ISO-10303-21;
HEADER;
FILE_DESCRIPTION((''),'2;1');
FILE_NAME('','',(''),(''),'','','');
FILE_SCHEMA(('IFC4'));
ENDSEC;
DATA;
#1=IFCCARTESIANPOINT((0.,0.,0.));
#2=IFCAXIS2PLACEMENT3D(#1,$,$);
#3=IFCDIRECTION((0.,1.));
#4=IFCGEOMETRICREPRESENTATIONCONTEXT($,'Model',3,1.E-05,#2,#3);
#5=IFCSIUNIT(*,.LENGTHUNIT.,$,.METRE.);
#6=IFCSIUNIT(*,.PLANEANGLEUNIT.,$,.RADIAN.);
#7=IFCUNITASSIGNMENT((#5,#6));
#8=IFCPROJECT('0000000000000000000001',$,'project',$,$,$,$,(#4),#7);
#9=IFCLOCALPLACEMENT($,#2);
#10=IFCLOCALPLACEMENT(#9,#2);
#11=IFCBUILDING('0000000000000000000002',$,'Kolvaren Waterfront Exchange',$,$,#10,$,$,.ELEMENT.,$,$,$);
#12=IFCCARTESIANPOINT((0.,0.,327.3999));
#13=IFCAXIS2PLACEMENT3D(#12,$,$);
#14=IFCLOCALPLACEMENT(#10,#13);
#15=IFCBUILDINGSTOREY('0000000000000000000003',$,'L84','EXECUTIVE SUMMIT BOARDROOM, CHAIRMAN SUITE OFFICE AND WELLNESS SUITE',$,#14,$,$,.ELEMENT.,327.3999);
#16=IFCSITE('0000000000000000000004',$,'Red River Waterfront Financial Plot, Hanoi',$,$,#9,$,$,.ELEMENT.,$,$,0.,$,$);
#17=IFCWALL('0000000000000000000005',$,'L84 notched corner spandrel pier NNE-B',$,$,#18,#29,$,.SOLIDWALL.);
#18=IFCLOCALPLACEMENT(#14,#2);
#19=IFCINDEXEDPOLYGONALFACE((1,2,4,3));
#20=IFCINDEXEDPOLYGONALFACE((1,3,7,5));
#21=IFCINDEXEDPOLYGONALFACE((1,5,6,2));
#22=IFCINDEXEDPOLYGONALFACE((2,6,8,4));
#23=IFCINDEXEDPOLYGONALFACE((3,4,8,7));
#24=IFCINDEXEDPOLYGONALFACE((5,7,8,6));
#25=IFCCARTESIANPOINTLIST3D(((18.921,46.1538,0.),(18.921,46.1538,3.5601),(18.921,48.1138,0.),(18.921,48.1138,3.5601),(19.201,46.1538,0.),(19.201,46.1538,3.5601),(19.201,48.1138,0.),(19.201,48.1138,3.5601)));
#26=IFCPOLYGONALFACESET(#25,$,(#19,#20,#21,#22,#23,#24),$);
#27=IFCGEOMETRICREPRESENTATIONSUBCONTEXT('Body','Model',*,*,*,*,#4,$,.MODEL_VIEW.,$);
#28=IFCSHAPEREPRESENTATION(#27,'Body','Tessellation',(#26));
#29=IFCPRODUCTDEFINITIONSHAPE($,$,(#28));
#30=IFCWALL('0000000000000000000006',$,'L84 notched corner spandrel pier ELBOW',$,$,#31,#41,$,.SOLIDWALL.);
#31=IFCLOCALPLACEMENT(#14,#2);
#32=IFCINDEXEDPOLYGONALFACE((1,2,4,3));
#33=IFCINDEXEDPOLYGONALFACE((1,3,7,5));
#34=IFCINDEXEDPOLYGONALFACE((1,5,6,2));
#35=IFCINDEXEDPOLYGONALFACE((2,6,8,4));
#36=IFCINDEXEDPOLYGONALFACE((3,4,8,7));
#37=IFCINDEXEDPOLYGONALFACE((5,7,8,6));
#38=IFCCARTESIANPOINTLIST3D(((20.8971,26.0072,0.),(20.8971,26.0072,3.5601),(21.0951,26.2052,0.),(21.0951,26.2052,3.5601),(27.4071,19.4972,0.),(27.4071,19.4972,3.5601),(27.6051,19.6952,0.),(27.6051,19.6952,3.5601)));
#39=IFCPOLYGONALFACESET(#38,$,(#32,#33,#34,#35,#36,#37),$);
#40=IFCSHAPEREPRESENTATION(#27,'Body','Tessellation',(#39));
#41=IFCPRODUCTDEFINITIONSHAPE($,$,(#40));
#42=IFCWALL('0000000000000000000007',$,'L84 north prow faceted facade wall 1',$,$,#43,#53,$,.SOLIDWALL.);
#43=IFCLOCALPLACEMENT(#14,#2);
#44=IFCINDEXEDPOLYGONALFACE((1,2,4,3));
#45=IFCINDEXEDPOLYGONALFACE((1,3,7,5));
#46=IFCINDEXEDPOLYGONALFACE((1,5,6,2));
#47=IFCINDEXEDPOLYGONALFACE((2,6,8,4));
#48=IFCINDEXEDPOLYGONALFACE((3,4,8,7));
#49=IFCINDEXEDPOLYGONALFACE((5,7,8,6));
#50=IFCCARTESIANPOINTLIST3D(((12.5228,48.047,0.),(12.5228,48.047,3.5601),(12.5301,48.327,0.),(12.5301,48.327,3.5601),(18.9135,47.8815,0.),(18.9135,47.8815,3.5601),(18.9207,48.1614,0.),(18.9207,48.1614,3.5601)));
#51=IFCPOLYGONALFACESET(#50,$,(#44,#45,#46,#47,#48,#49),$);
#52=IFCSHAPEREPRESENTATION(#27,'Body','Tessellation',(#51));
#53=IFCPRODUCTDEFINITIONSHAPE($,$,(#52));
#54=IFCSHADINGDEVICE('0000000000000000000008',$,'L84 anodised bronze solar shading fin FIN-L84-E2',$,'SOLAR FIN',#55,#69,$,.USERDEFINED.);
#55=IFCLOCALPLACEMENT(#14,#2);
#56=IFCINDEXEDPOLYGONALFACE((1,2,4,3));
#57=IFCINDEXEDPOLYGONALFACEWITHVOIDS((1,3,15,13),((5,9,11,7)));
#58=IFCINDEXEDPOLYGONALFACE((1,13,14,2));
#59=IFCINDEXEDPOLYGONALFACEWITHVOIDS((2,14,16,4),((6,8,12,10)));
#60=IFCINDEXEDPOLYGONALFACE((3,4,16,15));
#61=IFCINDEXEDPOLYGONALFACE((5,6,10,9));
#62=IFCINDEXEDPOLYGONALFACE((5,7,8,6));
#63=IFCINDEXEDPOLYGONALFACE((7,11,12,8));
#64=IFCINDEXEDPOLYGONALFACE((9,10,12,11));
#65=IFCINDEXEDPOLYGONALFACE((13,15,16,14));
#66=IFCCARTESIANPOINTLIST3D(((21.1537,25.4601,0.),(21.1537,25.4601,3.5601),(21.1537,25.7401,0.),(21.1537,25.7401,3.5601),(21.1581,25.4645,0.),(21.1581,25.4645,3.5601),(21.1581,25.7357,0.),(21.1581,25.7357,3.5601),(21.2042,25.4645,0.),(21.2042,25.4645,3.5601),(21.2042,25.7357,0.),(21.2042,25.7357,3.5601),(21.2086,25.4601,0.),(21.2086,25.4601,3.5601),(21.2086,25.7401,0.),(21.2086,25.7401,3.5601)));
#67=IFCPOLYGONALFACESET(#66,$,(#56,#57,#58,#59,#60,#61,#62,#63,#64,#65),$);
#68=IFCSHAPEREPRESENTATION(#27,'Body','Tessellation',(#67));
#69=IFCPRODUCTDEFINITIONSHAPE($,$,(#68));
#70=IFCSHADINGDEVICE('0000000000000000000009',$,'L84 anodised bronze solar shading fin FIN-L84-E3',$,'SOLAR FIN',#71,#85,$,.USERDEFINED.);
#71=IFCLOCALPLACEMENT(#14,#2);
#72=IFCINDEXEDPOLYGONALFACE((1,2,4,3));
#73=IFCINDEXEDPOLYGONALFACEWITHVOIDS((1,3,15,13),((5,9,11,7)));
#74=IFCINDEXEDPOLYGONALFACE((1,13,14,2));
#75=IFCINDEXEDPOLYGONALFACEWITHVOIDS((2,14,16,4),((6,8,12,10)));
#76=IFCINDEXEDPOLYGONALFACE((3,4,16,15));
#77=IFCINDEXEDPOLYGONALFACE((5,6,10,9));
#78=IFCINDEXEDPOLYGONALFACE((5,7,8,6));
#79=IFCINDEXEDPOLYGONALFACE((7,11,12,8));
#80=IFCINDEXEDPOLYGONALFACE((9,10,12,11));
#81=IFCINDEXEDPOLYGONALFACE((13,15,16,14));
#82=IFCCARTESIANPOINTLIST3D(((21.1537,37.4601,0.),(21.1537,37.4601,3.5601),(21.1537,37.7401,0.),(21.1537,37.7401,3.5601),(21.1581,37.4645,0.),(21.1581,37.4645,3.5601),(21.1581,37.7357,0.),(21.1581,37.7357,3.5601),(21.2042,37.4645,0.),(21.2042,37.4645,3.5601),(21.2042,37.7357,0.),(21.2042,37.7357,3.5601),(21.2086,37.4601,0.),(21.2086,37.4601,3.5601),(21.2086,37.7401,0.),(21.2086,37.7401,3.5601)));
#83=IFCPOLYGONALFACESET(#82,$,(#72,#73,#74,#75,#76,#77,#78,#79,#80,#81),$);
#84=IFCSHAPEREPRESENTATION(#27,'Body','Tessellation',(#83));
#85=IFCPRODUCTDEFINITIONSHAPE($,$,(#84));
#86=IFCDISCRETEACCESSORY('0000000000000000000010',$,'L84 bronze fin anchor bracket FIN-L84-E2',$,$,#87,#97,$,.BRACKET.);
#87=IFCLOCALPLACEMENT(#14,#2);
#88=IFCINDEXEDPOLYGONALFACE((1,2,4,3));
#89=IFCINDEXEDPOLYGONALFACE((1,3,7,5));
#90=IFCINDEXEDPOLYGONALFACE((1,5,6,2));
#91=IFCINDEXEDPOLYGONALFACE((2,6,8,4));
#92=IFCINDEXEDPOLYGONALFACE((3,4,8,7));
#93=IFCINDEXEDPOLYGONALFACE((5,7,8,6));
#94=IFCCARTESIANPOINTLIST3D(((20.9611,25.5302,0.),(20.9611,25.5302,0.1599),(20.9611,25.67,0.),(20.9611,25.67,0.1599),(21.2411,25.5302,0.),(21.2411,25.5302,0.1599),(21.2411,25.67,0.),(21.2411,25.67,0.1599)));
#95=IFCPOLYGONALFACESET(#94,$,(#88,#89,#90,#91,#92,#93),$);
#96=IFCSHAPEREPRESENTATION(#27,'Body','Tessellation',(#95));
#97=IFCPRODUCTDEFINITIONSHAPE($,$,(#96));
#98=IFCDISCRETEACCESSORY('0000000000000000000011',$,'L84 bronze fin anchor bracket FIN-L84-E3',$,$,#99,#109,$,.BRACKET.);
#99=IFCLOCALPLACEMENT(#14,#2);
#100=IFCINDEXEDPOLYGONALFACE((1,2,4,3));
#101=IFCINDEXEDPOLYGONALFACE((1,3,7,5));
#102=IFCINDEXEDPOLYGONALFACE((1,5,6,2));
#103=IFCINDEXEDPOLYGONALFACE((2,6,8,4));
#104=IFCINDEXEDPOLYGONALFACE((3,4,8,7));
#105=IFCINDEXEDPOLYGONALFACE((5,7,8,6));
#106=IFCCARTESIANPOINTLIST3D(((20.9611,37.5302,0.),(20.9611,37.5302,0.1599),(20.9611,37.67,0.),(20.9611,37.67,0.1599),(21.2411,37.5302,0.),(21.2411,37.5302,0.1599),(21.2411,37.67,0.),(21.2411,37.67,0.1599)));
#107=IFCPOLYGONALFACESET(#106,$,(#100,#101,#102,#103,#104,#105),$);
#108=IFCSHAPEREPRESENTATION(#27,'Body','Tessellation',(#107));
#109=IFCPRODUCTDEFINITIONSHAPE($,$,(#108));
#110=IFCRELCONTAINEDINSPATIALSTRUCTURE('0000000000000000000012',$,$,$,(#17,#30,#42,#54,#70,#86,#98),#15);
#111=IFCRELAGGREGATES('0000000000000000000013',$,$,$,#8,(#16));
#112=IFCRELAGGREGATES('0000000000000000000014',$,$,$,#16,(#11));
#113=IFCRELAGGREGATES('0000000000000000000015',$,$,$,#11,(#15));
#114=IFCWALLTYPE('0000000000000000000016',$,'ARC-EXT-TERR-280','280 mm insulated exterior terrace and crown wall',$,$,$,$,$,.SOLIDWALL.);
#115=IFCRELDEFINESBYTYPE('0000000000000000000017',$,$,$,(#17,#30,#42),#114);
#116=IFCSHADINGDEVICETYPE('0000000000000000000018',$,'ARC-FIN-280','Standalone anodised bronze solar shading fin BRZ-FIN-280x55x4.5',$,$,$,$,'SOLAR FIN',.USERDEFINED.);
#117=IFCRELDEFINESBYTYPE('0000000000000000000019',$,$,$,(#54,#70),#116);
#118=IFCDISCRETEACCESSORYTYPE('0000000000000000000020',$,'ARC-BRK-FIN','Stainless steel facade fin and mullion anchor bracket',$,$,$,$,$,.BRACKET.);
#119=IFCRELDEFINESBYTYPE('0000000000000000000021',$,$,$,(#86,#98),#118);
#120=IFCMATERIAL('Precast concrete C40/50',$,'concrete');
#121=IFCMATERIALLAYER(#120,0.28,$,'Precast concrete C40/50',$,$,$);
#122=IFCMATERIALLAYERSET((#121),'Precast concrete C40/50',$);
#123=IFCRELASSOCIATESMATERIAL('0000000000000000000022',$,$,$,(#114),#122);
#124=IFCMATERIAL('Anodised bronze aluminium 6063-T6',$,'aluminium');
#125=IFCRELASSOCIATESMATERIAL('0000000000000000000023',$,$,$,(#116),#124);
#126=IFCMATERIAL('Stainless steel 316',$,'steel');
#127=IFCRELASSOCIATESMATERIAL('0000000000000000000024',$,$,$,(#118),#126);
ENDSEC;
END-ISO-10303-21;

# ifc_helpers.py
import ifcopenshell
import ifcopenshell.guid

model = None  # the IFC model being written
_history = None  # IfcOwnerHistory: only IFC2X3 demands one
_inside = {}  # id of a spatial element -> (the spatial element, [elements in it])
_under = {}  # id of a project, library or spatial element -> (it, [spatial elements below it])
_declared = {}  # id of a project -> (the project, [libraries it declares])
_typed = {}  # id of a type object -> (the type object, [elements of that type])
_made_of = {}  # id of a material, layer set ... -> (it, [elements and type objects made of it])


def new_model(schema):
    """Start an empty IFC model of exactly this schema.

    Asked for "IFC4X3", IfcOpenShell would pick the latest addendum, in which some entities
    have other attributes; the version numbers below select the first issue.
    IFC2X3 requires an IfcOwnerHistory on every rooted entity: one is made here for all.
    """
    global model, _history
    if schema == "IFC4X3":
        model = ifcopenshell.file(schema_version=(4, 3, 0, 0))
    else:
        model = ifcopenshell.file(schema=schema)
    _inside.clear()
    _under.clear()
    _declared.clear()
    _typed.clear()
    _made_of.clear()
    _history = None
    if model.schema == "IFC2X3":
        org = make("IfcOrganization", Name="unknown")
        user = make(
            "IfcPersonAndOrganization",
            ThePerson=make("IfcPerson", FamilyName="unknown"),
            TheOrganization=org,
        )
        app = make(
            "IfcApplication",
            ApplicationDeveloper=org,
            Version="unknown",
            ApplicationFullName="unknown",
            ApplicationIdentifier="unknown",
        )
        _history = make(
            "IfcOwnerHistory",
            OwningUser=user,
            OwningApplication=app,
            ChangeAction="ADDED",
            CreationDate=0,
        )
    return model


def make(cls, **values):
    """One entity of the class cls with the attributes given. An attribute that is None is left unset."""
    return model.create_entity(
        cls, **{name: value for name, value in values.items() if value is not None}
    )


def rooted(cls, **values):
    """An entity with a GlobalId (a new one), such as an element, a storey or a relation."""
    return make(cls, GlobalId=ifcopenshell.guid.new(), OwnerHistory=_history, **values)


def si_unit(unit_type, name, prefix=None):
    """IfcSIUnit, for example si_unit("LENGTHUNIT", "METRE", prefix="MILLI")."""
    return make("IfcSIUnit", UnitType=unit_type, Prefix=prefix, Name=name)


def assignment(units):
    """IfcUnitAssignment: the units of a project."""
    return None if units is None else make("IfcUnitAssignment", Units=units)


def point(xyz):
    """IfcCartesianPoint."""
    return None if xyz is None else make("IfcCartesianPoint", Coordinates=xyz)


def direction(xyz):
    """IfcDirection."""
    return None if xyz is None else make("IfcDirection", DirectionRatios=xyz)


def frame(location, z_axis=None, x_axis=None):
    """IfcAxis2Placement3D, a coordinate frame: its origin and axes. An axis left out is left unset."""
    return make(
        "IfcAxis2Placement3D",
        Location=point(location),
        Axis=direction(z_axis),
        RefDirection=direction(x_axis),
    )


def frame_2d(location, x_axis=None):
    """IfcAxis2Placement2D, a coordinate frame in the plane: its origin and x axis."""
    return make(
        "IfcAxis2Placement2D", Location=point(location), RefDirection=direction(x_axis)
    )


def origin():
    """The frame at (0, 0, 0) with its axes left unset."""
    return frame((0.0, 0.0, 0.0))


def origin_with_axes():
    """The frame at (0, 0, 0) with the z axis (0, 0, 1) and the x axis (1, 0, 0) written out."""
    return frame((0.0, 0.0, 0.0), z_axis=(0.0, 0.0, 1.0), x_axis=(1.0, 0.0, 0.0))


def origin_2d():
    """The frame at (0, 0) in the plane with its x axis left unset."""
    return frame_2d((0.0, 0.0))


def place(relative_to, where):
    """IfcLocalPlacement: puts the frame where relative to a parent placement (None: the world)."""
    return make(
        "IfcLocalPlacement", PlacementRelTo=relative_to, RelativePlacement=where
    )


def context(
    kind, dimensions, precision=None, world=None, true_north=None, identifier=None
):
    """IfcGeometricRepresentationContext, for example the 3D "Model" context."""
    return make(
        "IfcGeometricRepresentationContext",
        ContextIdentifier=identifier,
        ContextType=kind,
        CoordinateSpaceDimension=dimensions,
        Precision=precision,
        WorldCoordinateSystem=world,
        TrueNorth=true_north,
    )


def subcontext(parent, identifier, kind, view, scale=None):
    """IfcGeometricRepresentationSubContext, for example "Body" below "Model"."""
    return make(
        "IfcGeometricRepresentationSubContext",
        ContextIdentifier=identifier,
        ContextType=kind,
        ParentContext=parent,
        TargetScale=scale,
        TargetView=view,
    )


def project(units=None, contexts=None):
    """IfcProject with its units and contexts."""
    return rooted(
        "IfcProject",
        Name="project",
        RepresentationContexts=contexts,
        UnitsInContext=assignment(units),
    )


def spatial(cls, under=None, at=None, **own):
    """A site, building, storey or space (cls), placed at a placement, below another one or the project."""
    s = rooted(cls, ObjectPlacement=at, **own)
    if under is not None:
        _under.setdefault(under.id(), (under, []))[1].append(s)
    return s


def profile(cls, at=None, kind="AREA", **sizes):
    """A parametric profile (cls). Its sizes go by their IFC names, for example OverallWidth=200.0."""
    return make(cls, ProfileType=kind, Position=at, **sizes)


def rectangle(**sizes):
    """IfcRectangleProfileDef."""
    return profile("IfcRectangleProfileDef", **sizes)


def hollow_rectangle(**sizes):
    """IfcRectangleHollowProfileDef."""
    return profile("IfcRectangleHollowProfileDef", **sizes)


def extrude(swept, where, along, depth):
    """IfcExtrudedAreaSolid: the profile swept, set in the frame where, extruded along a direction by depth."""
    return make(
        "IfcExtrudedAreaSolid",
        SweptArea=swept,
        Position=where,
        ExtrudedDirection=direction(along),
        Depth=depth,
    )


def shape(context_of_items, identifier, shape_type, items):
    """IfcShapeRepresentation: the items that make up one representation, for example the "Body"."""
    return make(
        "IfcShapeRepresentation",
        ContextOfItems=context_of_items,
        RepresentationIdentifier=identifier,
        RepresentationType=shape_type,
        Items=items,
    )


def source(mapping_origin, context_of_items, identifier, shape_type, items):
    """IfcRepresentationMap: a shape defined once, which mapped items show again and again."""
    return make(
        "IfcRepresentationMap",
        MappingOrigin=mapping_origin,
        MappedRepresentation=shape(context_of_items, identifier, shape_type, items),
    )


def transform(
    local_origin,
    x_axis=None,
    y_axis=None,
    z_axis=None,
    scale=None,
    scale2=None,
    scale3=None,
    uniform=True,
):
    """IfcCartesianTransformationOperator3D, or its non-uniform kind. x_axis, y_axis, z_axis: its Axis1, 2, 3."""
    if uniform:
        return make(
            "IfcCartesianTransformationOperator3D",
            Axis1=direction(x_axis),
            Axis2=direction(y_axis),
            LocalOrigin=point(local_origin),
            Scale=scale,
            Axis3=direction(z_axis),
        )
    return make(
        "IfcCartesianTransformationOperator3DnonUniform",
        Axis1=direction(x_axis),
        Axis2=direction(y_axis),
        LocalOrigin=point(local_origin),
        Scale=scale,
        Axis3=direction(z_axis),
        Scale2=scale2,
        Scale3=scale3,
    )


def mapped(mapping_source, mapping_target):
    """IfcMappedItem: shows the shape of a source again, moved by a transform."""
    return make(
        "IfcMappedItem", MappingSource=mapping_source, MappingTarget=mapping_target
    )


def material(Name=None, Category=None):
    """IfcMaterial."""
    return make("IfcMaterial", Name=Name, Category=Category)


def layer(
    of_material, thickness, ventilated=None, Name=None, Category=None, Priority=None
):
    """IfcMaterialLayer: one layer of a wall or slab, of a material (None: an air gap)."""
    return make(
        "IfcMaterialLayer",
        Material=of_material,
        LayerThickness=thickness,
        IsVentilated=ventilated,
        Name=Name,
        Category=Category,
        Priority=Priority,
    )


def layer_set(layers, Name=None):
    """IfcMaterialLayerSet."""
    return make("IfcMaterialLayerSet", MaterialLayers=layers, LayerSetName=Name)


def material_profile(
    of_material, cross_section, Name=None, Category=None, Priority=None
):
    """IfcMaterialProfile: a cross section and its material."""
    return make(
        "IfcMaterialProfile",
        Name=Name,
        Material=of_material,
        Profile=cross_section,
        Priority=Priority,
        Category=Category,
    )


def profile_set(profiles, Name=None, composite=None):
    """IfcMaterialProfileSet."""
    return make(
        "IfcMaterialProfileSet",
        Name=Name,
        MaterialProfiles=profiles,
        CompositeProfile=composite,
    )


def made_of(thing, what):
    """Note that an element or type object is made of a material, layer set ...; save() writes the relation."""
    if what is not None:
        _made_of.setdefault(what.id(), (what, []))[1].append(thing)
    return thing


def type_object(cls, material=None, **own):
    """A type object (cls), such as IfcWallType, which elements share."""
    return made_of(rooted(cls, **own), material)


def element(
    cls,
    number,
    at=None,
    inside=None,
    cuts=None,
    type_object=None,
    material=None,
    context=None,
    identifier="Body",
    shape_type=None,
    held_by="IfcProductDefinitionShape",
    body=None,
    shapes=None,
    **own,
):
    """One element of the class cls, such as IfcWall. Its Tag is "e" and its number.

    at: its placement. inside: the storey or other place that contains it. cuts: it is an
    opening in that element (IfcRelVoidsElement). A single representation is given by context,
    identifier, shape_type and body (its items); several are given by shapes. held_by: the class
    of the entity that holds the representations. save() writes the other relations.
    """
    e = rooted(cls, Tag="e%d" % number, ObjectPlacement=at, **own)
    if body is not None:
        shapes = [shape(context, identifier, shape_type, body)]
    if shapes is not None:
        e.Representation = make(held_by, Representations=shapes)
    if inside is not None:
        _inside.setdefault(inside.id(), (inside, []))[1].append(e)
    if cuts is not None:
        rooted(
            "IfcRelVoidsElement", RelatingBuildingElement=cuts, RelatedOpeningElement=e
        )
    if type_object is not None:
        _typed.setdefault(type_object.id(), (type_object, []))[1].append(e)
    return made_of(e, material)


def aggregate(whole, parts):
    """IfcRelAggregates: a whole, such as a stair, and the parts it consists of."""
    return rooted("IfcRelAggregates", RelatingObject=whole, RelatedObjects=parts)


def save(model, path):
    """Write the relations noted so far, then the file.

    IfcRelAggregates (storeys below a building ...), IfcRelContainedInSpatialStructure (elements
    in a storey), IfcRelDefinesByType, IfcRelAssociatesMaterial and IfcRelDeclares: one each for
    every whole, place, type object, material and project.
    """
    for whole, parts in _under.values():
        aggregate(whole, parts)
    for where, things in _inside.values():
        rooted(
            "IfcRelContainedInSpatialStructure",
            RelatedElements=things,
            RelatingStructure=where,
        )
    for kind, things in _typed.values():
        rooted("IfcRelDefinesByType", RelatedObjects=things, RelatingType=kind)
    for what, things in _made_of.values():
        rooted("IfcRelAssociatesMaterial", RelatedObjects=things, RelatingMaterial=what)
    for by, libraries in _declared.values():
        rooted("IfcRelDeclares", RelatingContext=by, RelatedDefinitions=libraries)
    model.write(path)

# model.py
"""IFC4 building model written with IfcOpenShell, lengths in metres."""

from ifc_helpers import new_model, si_unit, direction, frame, frame_2d, origin, origin_with_axes, origin_2d, place, context, subcontext, project, spatial, rectangle, hollow_rectangle, extrude, source, transform, mapped, material, layer, layer_set, material_profile, profile_set, type_object, element, save


model = new_model("IFC4")

# Units and contexts
model_context = context("Model", 3, precision=1e-05, world=origin(), true_north=direction((0.0, 1.0)))
body_context = subcontext(model_context, "Body", "Model", "MODEL_VIEW")
ifc_project = project(units=[si_unit("LENGTHUNIT", "METRE"), si_unit("PLANEANGLEUNIT", "RADIAN")], contexts=[model_context])

# Site, building, storey
site_placement = place(None, origin())
site = spatial("IfcSite", under=ifc_project, at=site_placement, Name="Red River Waterfront Financial Plot, Hanoi", CompositionType="ELEMENT", RefElevation=0.0)
building_placement = place(site_placement, origin())
building = spatial("IfcBuilding", under=site, at=building_placement, Name="Kolvaren Waterfront Exchange", CompositionType="ELEMENT")
storey_placement = place(building_placement, frame((0.0, 0.0, 327.3999)))
storey = spatial("IfcBuildingStorey", under=building, at=storey_placement, Name="L84", Description="EXECUTIVE SUMMIT BOARDROOM, CHAIRMAN SUITE OFFICE AND WELLNESS SUITE", CompositionType="ELEMENT", Elevation=327.3999)

# Shared definitions
ifc_material_1 = material(Name="Anodised bronze aluminium 6063-T6", Category="aluminium")

# Walls
ifc_material_2 = material(Name="Precast concrete C40/50", Category="concrete")
ifc_layer_1 = layer(ifc_material_2, 0.28, Name="Precast concrete C40/50")
ifc_layer_set_1 = layer_set([ifc_layer_1], Name="Precast concrete C40/50")
wall_type = type_object("IfcWallType", Name="ARC-EXT-TERR-280", Description="280 mm insulated exterior terrace and crown wall", PredefinedType="SOLIDWALL", material=ifc_layer_set_1)
wall_1_placement = place(storey_placement, frame((19.061, 46.1538, 0.0), z_axis=(0.0, 0.0, 1.0), x_axis=(0.0, 1.0, 0.0)))
element("IfcWall", 1, at=wall_1_placement, inside=storey, type_object=wall_type, Name="L84 notched corner spandrel pier NNE-B", PredefinedType="SOLIDWALL", context=body_context, shape_type="SweptSolid", body=[
    extrude(rectangle(XDim=1.96, YDim=0.28, at=frame_2d((0.98, 0.0))), origin(), (0.0, 0.0, 1.0), 3.5601),
])
wall_2_placement = place(storey_placement, frame((27.5061, 19.5962, 0.0), z_axis=(0.0, 0.0, 1.0), x_axis=(-0.707107, 0.707107, 0.0)))
element("IfcWall", 2, at=wall_2_placement, inside=storey, type_object=wall_type, Name="L84 notched corner spandrel pier ELBOW", PredefinedType="SOLIDWALL", context=body_context, shape_type="SweptSolid", body=[
    extrude(rectangle(XDim=9.2065, YDim=0.28, at=frame_2d((4.6033, 0.0))), origin(), (0.0, 0.0, 1.0), 3.5601),
])
wall_3_placement = place(storey_placement, frame((18.917, 48.0215, 0.0), z_axis=(0.0, 0.0, 1.0), x_axis=(-0.999665, 0.025893, 0.0)))
element("IfcWall", 3, at=wall_3_placement, inside=storey, type_object=wall_type, Name="L84 north prow faceted facade wall 1", PredefinedType="SOLIDWALL", context=body_context, shape_type="SweptSolid", body=[
    extrude(rectangle(XDim=6.3928, YDim=0.28, at=frame_2d((3.1963, 0.0))), origin(), (0.0, 0.0, 1.0), 3.5601),
])

# Shading devices
ifc_material_profile_1 = material_profile(ifc_material_1, hollow_rectangle(XDim=0.0549, YDim=0.28, WallThickness=0.0044, at=origin_2d()), Name="BRZ-FIN-280x55x4.5")
ifc_profile_set_1 = profile_set([ifc_material_profile_1], Name="Anodised bronze aluminium 6063-T6")
shading_device_type = type_object("IfcShadingDeviceType", Name="ARC-FIN-280", Description="Standalone anodised bronze solar shading fin BRZ-FIN-280x55x4.5", ElementType="SOLAR FIN", PredefinedType="USERDEFINED", material=ifc_profile_set_1)
for number, where, z_axis, x_axis, name in (
    (4, (21.1812, 25.6001, 0.0), (0.0, 0.0, 1.0), (1.0, 0.0, 0.0), "L84 anodised bronze solar shading fin FIN-L84-E2"),
    (5, (21.1812, 37.6001, 0.0), (0.0, 0.0, 1.0), (1.0, 0.0, 0.0), "L84 anodised bronze solar shading fin FIN-L84-E3"),
):
    element("IfcShadingDevice", number, at=place(storey_placement, frame(where, z_axis=z_axis, x_axis=x_axis)), inside=storey, type_object=shading_device_type, Name=name, ObjectType="SOLAR FIN", PredefinedType="USERDEFINED", context=body_context, shape_type="SweptSolid", body=[
        extrude(hollow_rectangle(XDim=0.0549, YDim=0.28, WallThickness=0.0044, at=origin_2d()), origin(), (0.0, 0.0, 1.0), 3.5601),
    ])

# Shared definitions
ifc_material_3 = material(Name="Stainless steel 316", Category="steel")

# Discrete accessories
discrete_accessory_type = type_object("IfcDiscreteAccessoryType", Name="ARC-BRK-FIN", Description="Stainless steel facade fin and mullion anchor bracket", PredefinedType="BRACKET", material=ifc_material_3)
shared_shape_1 = source(origin_with_axes(), body_context, "Body", "SweptSolid", [
    extrude(rectangle(XDim=0.28, YDim=0.1399, at=origin_2d()), origin(), (0.0, 0.0, 1.0), 0.1599),
])
for number, where, z_axis, x_axis, name in (
    (6, (21.1011, 25.6001, 0.0), (0.0, 0.0, 1.0), (1.0, 0.0, 0.0), "L84 bronze fin anchor bracket FIN-L84-E2"),
    (7, (21.1011, 37.6001, 0.0), (0.0, 0.0, 1.0), (1.0, 0.0, 0.0), "L84 bronze fin anchor bracket FIN-L84-E3"),
):
    element("IfcDiscreteAccessory", number, at=place(storey_placement, frame(where, z_axis=z_axis, x_axis=x_axis)), inside=storey, type_object=discrete_accessory_type, Name=name, PredefinedType="BRACKET", context=body_context, shape_type="MappedRepresentation", body=[
        mapped(shared_shape_1, transform((0.0, 0.0, 0.0), x_axis=(1.0, 0.0, 0.0), y_axis=(0.0, 1.0, 0.0), z_axis=(0.0, 0.0, 1.0), scale=1.0)),
    ])

save(model, "model.ifc")
